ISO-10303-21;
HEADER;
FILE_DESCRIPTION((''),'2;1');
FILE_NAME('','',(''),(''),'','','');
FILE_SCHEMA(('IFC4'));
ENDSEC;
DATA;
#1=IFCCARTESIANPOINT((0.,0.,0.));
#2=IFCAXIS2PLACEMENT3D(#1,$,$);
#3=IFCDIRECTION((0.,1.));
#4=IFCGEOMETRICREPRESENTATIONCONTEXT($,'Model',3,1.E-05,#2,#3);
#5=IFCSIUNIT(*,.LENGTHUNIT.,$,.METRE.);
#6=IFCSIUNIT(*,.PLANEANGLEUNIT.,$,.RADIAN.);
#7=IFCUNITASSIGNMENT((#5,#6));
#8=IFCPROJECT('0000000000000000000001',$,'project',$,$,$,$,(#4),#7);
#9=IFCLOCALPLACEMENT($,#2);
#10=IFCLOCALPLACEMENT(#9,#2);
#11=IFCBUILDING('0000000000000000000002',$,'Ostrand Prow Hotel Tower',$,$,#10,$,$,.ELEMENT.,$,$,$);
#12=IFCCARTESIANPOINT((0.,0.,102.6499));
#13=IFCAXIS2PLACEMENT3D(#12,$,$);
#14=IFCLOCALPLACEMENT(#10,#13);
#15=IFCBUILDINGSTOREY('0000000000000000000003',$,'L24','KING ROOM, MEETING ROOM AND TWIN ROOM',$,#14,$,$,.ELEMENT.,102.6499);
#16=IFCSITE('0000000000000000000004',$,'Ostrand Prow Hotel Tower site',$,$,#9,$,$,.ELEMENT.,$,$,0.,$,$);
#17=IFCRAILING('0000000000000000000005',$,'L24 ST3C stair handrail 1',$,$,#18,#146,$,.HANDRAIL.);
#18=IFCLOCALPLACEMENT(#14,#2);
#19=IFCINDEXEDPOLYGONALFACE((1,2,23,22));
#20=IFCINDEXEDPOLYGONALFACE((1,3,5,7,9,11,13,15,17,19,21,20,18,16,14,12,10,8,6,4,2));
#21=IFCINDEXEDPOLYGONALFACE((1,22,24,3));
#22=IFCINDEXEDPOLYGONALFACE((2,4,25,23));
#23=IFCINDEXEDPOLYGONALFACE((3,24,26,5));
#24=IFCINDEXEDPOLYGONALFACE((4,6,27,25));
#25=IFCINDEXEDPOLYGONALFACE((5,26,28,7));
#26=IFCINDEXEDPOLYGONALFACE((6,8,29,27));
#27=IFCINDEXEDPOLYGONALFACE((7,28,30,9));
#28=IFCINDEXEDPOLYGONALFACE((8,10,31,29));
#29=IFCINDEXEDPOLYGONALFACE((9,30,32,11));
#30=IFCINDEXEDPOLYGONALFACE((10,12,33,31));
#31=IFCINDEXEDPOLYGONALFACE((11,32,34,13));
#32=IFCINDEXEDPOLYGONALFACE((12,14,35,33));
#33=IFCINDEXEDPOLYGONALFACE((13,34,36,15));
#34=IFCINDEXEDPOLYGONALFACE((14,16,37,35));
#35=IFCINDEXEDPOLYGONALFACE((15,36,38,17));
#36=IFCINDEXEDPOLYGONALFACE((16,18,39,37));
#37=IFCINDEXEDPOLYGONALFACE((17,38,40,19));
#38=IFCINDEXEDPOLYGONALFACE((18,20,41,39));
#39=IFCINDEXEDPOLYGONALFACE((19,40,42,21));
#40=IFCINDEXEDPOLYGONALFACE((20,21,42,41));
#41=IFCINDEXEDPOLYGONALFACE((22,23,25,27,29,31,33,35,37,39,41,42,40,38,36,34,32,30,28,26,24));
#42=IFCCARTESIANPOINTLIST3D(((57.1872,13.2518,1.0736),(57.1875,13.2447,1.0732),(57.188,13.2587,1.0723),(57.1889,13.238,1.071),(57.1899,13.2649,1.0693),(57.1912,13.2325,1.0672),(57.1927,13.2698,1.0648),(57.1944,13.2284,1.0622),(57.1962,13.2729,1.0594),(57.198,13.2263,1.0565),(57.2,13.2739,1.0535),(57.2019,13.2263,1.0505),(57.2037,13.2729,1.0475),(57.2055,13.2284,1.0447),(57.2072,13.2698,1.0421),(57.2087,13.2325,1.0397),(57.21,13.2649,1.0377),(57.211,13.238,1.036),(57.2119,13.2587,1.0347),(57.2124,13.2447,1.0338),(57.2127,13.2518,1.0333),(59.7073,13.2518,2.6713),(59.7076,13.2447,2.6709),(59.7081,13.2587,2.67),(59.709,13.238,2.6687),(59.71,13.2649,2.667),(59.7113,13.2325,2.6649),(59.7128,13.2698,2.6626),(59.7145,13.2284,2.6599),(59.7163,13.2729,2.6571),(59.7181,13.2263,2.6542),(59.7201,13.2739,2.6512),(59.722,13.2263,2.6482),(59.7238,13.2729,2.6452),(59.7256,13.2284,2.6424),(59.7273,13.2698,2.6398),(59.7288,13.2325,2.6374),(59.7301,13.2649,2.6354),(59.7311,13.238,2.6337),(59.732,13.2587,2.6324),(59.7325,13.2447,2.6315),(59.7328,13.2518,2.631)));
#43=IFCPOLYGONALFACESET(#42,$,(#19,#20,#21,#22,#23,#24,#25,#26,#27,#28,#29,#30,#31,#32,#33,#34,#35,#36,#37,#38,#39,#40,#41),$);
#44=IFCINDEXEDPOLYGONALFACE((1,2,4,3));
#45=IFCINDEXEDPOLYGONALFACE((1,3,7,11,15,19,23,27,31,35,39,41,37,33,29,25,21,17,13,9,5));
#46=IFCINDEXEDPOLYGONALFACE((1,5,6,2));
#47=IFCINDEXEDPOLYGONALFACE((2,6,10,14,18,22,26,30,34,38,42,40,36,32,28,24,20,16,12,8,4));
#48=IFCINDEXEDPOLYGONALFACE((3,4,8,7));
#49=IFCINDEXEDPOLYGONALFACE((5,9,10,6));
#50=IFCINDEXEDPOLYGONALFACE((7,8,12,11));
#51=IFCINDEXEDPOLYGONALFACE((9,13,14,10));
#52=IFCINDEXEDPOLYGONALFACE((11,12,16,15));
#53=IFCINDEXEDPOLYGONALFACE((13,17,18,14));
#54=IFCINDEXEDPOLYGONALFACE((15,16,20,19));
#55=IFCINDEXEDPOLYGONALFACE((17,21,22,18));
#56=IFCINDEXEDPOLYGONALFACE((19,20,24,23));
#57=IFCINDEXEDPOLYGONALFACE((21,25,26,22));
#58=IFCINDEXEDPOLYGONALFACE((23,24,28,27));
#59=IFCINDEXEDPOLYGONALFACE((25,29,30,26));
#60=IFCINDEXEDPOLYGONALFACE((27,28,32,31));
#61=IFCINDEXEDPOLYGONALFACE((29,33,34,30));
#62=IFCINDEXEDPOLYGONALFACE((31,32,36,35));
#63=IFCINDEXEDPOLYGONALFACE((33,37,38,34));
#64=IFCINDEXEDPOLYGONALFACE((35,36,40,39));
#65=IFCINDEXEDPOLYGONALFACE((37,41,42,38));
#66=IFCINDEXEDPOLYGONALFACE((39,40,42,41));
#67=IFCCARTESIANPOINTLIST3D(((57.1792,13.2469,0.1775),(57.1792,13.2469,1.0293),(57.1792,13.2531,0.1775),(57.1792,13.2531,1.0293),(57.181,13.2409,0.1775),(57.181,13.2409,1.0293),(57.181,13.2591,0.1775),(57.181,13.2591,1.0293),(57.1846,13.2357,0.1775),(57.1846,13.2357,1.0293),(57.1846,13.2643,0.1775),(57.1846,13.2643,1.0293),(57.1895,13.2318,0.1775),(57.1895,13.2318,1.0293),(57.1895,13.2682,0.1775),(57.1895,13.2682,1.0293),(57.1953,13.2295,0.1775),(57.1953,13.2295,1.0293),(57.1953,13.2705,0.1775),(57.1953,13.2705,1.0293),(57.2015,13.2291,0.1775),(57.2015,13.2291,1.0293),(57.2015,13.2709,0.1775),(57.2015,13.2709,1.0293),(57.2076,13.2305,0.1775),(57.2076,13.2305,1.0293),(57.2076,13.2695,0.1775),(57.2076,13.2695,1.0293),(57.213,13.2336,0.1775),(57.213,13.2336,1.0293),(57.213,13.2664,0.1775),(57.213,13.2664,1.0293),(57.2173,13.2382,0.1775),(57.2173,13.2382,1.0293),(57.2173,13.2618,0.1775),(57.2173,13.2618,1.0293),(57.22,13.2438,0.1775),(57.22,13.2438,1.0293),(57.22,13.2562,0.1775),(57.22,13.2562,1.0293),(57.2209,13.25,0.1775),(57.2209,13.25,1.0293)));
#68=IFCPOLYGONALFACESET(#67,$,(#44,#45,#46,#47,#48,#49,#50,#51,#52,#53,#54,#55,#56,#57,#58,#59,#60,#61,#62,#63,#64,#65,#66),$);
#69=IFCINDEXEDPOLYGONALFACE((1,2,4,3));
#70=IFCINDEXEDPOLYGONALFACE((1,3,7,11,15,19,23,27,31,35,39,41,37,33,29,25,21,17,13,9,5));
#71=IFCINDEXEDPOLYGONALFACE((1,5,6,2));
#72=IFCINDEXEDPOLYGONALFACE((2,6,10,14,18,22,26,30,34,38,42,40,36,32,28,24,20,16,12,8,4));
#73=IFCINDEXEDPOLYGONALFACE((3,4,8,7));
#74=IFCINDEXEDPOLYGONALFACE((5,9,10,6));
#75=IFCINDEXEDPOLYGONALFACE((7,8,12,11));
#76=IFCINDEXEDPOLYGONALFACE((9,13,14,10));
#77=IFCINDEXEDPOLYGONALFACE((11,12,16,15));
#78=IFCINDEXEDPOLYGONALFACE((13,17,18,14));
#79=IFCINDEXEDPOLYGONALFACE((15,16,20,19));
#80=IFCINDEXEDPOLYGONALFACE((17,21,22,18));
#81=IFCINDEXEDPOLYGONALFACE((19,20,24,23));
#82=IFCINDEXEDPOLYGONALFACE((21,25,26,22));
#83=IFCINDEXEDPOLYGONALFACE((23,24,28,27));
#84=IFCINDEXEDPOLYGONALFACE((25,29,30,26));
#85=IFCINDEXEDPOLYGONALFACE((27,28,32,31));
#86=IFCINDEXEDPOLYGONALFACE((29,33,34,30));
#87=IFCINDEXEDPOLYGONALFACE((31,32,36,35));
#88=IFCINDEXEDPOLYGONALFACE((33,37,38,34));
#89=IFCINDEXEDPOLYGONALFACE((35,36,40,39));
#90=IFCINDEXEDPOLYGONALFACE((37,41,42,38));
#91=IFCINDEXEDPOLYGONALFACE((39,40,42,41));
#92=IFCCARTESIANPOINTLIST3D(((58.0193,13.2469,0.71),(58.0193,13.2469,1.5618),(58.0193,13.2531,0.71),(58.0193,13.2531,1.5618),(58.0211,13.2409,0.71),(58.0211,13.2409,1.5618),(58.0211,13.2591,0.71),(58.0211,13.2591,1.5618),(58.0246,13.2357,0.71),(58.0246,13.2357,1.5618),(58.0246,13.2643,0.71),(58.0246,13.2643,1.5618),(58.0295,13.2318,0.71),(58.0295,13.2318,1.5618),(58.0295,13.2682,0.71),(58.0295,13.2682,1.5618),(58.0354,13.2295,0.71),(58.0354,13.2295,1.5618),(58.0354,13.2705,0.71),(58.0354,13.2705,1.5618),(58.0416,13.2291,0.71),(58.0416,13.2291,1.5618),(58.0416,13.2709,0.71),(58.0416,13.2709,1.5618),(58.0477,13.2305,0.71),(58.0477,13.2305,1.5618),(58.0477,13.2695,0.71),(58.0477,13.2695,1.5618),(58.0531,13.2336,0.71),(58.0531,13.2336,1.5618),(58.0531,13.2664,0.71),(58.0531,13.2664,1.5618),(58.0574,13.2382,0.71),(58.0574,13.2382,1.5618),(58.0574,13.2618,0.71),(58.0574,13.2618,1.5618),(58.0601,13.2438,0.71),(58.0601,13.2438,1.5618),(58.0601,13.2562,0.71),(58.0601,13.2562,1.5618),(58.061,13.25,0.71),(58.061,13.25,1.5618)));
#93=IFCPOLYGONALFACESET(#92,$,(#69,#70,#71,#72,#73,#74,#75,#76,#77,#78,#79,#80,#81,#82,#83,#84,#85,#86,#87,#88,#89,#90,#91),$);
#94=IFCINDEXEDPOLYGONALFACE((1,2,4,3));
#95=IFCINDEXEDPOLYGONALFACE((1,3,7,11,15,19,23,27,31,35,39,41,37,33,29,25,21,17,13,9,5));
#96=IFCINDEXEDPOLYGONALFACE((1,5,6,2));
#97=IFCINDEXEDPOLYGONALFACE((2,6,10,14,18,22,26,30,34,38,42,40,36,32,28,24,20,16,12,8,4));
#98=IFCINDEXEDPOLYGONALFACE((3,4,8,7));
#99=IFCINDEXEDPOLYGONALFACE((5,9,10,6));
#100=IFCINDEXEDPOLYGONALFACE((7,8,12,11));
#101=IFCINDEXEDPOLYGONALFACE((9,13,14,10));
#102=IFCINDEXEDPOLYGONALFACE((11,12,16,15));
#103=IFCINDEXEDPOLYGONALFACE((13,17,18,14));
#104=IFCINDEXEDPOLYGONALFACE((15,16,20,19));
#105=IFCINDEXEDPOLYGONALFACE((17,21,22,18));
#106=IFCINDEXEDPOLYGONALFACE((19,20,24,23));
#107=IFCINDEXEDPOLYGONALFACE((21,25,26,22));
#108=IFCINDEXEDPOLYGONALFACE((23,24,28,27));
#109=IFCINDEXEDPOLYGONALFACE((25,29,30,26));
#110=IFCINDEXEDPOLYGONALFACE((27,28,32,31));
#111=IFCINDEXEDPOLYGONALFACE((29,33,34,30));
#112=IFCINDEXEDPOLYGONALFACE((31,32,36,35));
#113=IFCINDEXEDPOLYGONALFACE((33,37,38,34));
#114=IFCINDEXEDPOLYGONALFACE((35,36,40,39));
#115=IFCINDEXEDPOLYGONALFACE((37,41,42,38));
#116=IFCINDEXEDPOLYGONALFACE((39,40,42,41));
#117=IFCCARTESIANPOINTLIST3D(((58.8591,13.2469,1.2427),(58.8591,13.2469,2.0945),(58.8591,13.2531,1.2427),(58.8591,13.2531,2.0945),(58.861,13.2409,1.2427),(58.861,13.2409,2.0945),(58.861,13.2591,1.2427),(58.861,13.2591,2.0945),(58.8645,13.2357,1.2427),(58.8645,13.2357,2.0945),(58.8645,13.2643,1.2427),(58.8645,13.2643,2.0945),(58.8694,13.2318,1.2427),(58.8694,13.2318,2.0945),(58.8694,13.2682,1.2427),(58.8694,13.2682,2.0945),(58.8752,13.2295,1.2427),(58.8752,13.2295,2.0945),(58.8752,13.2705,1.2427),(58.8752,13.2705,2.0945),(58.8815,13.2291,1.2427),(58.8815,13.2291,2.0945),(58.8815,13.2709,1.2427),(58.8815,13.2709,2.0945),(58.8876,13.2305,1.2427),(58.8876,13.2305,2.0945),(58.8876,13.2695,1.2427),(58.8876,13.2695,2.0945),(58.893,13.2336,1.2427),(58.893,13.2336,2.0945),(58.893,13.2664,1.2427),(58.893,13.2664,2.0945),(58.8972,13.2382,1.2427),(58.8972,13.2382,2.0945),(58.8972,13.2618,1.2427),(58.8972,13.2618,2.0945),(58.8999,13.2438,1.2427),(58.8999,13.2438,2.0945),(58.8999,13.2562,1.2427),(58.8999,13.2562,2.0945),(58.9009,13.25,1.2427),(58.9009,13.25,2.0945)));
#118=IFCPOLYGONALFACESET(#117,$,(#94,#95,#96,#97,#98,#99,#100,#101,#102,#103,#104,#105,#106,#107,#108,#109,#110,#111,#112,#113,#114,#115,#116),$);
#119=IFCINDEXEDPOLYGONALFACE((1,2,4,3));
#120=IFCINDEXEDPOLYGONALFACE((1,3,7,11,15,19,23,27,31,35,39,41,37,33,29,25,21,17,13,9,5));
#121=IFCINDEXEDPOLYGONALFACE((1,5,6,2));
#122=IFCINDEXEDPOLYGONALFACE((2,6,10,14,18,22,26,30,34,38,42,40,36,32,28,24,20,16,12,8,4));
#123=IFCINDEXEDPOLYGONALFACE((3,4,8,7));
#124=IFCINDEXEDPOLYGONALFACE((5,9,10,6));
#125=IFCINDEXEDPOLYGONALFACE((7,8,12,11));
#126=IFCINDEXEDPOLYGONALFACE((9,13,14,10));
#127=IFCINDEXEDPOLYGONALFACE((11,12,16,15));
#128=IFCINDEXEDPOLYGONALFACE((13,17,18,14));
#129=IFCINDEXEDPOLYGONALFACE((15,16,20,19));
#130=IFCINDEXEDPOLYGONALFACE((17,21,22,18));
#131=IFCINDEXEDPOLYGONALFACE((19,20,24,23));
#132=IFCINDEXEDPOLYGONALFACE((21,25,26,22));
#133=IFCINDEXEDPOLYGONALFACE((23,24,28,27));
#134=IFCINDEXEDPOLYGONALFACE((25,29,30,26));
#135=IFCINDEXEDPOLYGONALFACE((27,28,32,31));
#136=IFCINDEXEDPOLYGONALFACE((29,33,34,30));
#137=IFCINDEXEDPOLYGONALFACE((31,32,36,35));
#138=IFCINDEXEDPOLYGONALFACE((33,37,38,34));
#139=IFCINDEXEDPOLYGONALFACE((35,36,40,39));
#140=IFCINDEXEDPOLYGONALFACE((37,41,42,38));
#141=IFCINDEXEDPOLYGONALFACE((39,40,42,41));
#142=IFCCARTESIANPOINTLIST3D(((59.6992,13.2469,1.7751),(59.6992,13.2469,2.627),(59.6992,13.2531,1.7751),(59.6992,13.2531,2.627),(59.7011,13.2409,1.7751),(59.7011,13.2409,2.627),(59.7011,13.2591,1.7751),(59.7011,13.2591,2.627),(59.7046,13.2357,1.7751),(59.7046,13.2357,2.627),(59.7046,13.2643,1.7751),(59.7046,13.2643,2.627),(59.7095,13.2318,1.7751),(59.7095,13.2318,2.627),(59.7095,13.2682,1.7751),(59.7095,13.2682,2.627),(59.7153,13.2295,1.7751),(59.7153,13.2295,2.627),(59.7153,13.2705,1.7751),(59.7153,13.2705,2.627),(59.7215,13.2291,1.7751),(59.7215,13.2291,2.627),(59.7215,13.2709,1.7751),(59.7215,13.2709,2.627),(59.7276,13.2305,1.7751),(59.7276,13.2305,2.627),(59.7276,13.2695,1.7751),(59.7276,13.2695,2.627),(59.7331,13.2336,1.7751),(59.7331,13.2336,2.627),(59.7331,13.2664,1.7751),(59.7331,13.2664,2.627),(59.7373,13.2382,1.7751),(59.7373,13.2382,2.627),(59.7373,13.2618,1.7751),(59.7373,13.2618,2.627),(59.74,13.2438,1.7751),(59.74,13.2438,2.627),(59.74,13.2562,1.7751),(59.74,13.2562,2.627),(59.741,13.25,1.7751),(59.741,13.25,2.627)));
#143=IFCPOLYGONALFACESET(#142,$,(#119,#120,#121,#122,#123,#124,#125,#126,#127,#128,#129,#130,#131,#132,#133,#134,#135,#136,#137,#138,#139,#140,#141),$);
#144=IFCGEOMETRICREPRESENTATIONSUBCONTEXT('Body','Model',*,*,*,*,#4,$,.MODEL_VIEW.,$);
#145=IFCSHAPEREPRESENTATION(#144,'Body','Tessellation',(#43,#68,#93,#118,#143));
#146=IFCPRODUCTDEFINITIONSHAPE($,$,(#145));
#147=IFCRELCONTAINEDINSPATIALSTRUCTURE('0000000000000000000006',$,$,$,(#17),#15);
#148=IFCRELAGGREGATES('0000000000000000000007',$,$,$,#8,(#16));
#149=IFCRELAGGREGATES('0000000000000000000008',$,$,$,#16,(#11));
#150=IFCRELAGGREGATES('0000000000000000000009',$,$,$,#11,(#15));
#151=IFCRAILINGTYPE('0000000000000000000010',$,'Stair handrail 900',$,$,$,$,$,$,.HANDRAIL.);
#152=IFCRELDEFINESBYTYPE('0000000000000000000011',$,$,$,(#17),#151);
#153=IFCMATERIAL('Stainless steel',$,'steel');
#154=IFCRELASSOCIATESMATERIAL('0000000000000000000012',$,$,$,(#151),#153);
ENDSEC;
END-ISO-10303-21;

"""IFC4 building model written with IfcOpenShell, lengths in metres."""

from ifc_helpers import new_model, si_unit, direction, frame, origin, origin_2d, place, context, subcontext, project, spatial, circle, extrude, material, type_object, element, save


model = new_model("IFC4")

# Units and contexts
model_context = context("Model", 3, precision=1e-05, world=origin(), true_north=direction((0.0, 1.0)))
body_context = subcontext(model_context, "Body", "Model", "MODEL_VIEW")
ifc_project = project(units=[si_unit("LENGTHUNIT", "METRE"), si_unit("PLANEANGLEUNIT", "RADIAN")], contexts=[model_context])

# Site, building, storey
site_placement = place(None, origin())
site = spatial("IfcSite", under=ifc_project, at=site_placement, Name="Ostrand Prow Hotel Tower site", CompositionType="ELEMENT", RefElevation=0.0)
building_placement = place(site_placement, origin())
building = spatial("IfcBuilding", under=site, at=building_placement, Name="Ostrand Prow Hotel Tower", CompositionType="ELEMENT")
storey_placement = place(building_placement, frame((0.0, 0.0, 102.6499)))
storey = spatial("IfcBuildingStorey", under=building, at=storey_placement, Name="L24", Description="KING ROOM, MEETING ROOM AND TWIN ROOM", CompositionType="ELEMENT", Elevation=102.6499)

# Railing
ifc_material_1 = material(Name="Stainless steel", Category="steel")
railing_type_1 = type_object("IfcRailingType", Name="Stair handrail 900", PredefinedType="HANDRAIL", material=ifc_material_1)
railing_1_placement = place(storey_placement, frame((57.2, 13.25, 0.1775)))
element("IfcRailing", 1, at=railing_1_placement, inside=storey, type_object=railing_type_1, Name="L24 ST3C stair handrail 1", PredefinedType="HANDRAIL", context=body_context, shape_type="SweptSolid", body=[
    extrude(circle(Radius=0.0239, at=origin_2d()), frame((0.0, 0.0, 0.876), z_axis=(0.84457, 0.0, 0.535445), x_axis=(0.0, 1.0, 0.0)), (0.0, 0.0, 1.0), 2.9839),
    extrude(circle(Radius=0.021, at=origin_2d()), origin(), (0.0, 0.0, 1.0), 0.8518),
    extrude(circle(Radius=0.021, at=origin_2d()), frame((0.8401, 0.0, 0.5325)), (0.0, 0.0, 1.0), 0.8518),
    extrude(circle(Radius=0.021, at=origin_2d()), frame((1.6799, 0.0, 1.0652)), (0.0, 0.0, 1.0), 0.8518),
    extrude(circle(Radius=0.021, at=origin_2d()), frame((2.52, 0.0, 1.5977)), (0.0, 0.0, 1.0), 0.8518),
])

save(model, "model.ifc")
